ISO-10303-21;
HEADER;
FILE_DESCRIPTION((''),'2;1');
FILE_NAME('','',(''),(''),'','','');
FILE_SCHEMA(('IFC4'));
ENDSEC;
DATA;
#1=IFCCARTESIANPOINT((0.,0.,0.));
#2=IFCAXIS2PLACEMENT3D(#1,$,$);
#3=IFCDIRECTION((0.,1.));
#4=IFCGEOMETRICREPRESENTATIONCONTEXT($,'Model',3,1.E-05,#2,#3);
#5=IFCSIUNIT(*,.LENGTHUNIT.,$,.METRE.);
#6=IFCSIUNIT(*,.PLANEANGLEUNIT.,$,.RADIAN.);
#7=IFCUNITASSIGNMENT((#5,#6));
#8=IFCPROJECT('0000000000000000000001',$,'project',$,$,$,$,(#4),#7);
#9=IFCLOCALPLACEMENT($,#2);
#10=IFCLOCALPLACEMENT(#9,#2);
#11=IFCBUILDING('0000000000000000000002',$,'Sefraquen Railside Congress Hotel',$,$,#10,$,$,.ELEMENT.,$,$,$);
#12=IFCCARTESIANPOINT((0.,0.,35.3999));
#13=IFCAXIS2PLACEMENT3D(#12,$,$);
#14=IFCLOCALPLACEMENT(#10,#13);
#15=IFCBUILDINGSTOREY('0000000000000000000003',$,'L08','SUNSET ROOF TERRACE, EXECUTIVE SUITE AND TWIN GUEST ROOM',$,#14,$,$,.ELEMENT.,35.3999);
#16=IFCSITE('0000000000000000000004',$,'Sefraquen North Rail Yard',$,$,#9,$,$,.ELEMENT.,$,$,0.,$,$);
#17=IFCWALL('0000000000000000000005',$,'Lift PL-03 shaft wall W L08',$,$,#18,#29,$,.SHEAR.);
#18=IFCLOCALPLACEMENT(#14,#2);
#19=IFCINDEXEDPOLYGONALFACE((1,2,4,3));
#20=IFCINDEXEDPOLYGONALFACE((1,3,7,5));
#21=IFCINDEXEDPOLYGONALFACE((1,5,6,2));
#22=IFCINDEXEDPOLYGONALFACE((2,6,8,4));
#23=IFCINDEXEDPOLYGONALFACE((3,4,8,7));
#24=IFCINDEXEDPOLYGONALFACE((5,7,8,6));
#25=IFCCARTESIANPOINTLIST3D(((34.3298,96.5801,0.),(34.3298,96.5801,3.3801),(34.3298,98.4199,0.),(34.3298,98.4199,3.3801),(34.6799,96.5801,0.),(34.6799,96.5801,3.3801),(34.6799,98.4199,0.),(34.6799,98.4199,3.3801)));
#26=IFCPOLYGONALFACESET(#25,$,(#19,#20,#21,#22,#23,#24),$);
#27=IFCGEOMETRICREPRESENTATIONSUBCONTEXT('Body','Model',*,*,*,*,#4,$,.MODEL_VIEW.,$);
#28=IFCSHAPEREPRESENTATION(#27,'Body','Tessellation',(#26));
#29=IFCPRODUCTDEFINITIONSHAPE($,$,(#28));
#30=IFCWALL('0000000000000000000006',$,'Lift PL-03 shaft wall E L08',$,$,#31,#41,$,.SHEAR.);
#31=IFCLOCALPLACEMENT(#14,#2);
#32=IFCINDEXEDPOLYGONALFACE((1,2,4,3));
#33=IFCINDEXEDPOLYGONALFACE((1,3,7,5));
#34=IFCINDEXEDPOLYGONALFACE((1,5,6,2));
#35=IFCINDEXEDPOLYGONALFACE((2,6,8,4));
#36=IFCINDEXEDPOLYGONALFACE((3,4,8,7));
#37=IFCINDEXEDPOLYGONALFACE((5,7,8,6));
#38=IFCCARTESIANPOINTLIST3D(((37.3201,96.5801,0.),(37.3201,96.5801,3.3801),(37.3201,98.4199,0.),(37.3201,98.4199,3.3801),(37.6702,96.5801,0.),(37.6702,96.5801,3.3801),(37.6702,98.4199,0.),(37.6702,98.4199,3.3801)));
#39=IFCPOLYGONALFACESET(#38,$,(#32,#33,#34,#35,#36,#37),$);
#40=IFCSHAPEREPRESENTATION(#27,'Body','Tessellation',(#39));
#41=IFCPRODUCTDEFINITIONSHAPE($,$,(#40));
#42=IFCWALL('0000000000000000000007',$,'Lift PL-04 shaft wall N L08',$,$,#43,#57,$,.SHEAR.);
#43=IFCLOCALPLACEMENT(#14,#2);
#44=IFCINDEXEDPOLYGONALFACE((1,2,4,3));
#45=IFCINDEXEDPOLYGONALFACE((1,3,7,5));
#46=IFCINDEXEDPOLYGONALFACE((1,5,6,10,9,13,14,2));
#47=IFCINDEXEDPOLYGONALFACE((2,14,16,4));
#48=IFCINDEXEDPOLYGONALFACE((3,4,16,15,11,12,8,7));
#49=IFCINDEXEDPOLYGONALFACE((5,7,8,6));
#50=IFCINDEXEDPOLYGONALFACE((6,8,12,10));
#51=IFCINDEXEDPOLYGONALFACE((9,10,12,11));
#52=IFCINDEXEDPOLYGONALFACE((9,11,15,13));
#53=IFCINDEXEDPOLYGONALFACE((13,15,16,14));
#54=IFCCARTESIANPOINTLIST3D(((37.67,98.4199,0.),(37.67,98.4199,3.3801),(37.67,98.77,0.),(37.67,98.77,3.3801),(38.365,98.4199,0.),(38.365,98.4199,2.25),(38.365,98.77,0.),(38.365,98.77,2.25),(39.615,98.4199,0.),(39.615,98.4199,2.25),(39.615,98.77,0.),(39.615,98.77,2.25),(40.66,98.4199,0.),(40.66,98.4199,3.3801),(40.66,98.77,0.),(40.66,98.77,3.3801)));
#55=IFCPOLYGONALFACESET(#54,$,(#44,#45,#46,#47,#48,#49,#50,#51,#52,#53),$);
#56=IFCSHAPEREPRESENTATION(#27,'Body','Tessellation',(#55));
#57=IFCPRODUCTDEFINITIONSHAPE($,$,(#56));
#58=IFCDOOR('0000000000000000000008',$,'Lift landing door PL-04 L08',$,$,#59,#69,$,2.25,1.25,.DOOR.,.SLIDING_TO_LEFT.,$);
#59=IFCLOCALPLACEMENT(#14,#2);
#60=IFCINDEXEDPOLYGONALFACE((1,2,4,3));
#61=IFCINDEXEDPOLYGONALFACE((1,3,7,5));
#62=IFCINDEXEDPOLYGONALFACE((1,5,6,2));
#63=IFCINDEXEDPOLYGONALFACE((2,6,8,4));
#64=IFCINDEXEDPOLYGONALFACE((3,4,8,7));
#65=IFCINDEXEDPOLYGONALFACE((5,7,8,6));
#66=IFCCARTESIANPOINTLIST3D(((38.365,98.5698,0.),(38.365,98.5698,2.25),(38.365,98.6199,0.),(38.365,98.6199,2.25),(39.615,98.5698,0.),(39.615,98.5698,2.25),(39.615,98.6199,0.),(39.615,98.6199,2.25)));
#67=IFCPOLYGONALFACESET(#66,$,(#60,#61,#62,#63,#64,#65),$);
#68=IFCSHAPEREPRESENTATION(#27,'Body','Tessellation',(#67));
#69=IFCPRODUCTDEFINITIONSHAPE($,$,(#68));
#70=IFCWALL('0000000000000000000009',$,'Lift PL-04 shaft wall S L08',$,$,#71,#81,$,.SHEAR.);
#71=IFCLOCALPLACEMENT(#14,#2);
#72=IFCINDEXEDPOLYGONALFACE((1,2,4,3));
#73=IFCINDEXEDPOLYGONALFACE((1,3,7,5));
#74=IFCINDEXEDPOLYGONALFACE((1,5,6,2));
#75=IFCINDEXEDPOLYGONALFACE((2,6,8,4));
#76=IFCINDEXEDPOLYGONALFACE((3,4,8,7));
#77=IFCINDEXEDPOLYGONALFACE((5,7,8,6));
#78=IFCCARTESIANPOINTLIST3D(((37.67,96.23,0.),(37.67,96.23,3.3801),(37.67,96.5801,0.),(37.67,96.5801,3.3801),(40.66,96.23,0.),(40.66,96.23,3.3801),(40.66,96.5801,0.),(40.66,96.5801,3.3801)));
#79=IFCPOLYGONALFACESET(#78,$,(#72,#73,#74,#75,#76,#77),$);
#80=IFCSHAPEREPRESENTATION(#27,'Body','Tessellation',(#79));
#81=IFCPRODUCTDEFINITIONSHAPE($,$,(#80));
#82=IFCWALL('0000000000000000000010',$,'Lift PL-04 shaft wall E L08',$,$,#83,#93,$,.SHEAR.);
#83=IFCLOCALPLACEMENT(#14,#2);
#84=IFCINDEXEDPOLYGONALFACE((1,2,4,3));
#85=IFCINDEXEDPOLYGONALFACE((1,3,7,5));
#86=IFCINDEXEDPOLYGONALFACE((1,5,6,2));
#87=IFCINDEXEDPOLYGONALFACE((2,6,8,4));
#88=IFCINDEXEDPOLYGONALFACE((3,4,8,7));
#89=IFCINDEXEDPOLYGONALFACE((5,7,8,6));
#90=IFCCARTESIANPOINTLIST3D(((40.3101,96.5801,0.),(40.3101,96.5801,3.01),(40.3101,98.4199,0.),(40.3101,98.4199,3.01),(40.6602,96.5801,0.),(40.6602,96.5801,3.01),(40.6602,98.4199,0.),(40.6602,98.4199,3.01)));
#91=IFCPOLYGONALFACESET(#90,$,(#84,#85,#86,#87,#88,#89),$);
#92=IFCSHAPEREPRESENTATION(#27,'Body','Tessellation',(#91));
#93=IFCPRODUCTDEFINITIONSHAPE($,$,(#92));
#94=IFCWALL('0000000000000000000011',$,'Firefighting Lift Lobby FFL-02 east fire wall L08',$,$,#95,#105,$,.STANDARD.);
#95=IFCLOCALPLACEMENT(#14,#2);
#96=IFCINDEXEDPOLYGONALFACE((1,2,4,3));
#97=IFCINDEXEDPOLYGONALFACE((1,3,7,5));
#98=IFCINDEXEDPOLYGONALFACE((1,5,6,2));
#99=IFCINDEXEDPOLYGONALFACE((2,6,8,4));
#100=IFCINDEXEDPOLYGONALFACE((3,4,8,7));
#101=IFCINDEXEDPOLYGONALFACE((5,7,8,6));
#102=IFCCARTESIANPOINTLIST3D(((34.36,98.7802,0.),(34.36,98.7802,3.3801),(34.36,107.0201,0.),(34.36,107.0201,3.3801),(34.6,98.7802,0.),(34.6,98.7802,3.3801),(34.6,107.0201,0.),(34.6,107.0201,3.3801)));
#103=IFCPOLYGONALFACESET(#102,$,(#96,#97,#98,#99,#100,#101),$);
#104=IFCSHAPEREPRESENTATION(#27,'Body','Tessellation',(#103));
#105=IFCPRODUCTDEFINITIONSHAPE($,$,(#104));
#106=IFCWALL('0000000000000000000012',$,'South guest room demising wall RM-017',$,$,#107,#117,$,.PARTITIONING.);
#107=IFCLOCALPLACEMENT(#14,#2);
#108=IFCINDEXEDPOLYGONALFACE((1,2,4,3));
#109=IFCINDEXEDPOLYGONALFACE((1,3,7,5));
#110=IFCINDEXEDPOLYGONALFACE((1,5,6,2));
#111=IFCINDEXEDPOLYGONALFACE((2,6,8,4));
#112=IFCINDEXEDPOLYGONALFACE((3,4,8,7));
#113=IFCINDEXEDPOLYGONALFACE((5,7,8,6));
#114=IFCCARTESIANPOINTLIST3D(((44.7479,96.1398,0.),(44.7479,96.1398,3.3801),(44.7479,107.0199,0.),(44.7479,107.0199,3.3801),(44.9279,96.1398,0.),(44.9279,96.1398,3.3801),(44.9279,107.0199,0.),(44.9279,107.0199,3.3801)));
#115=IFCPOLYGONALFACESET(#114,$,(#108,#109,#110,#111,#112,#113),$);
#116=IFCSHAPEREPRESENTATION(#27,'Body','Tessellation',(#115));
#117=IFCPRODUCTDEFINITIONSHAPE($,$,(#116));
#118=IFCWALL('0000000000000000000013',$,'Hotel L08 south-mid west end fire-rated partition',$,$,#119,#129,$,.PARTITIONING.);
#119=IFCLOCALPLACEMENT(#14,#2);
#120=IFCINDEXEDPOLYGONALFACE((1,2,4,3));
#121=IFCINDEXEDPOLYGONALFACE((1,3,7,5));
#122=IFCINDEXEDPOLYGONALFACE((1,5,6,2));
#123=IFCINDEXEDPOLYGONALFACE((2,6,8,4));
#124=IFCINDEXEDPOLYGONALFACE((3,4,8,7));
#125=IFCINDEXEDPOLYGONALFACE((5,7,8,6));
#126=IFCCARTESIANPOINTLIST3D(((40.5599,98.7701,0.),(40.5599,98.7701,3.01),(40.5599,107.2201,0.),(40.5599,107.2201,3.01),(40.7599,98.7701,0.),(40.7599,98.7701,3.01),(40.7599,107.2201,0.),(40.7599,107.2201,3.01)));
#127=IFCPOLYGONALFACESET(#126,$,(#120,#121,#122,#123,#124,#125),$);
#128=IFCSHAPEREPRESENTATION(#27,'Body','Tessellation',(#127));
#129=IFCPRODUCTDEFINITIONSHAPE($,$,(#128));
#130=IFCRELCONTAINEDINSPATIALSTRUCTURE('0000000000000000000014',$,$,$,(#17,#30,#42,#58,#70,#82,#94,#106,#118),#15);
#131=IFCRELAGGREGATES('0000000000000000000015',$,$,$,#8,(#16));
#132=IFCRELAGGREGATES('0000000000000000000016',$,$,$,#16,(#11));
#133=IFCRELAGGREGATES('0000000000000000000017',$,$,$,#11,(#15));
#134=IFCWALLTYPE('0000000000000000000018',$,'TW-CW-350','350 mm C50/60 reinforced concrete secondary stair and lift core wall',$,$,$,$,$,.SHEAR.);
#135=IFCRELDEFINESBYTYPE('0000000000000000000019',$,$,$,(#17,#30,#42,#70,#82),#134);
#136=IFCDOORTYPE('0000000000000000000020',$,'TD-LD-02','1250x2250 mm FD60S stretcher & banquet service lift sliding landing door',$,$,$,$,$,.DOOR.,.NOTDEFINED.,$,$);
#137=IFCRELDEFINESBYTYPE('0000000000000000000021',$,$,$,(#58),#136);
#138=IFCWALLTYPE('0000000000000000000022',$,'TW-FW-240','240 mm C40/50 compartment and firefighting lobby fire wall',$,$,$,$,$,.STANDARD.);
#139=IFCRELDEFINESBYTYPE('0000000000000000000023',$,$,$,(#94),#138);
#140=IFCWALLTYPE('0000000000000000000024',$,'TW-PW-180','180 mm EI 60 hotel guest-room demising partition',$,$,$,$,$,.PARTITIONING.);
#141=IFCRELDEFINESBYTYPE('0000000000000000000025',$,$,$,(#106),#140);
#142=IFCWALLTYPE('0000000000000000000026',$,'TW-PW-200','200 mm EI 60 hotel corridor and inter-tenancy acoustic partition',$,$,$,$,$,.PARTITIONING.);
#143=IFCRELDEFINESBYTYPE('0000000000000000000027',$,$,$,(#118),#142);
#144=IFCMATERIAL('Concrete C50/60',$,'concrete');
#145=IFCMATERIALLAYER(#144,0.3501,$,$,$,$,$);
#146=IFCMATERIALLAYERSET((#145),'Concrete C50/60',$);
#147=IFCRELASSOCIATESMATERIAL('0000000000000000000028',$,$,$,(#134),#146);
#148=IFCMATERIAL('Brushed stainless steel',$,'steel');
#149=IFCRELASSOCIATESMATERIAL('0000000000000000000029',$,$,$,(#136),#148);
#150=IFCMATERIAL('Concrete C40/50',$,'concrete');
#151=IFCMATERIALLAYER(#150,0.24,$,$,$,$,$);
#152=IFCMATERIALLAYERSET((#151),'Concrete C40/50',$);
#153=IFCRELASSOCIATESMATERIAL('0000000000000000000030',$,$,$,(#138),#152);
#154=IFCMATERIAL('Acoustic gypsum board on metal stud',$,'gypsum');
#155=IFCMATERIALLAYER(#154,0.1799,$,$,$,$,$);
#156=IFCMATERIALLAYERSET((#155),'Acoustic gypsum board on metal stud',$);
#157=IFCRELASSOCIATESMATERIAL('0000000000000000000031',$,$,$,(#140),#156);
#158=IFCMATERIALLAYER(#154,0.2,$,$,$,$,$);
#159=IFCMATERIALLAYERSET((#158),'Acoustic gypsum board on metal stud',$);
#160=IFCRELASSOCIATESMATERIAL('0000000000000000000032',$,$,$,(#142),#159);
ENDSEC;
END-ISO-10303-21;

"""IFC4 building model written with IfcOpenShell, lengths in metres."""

from ifc_helpers import new_model, si_unit, direction, frame, frame_2d, origin, place, context, subcontext, project, spatial, rectangle, extrude, material, layer, layer_set, type_object, element, fill, save


model = new_model("IFC4")

# Units and contexts
model_context = context("Model", 3, precision=1e-05, world=origin(), true_north=direction((0.0, 1.0)))
body_context = subcontext(model_context, "Body", "Model", "MODEL_VIEW")
ifc_project = project(units=[si_unit("LENGTHUNIT", "METRE"), si_unit("PLANEANGLEUNIT", "RADIAN")], contexts=[model_context])

# Site, building, storey
site_placement = place(None, origin())
site = spatial("IfcSite", under=ifc_project, at=site_placement, Name="Sefraquen North Rail Yard", CompositionType="ELEMENT", RefElevation=0.0)
building_placement = place(site_placement, origin())
building = spatial("IfcBuilding", under=site, at=building_placement, Name="Sefraquen Railside Congress Hotel", CompositionType="ELEMENT")
storey_placement = place(building_placement, frame((0.0, 0.0, 35.3999)))
storey = spatial("IfcBuildingStorey", under=building, at=storey_placement, Name="L08", Description="SUNSET ROOF TERRACE, EXECUTIVE SUITE AND TWIN GUEST ROOM", CompositionType="ELEMENT", Elevation=35.3999)

# Shared definitions
ifc_material_1 = material(Name="Concrete C50/60", Category="concrete")
ifc_layer_1 = layer(ifc_material_1, 0.3501)
ifc_layer_set_1 = layer_set([ifc_layer_1], Name="Concrete C50/60")
wall_type_1 = type_object("IfcWallType", Name="TW-CW-350", Description="350 mm C50/60 reinforced concrete secondary stair and lift core wall", PredefinedType="SHEAR", material=ifc_layer_set_1)
ifc_material_2 = material(Name="Brushed stainless steel", Category="steel")
door_type = type_object("IfcDoorType", Name="TD-LD-02", Description="1250x2250 mm FD60S stretcher & banquet service lift sliding landing door", OperationType="NOTDEFINED", PredefinedType="DOOR", material=ifc_material_2)

# Walls
for number, where, z_axis, x_axis, name in (
    (1, (34.5049, 96.5801, 0.0), (0.0, 0.0, 1.0), (0.0, 1.0, 0.0), "Lift PL-03 shaft wall W L08"),
    (2, (37.4951, 96.5801, 0.0), (0.0, 0.0, 1.0), (0.0, 1.0, 0.0), "Lift PL-03 shaft wall E L08"),
):
    element("IfcWall", number, at=place(storey_placement, frame(where, z_axis=z_axis, x_axis=x_axis)), inside=storey, type_object=wall_type_1, Name=name, PredefinedType="SHEAR", context=body_context, shape_type="SweptSolid", body=[
        extrude(rectangle(XDim=1.8398, YDim=0.3501, at=frame_2d((0.9199, 0.0))), origin(), (0.0, 0.0, 1.0), 3.3801),
    ])

# Wall, opening, door
wall_1_placement = place(storey_placement, frame((37.6699, 98.595, 0.0), z_axis=(0.0, 0.0, 1.0), x_axis=(1.0, 0.0, 0.0)))
wall_1 = element("IfcWall", 3, at=wall_1_placement, inside=storey, type_object=wall_type_1, Name="Lift PL-04 shaft wall N L08", PredefinedType="SHEAR", context=body_context, shape_type="SweptSolid", body=[
    extrude(rectangle(XDim=2.99, YDim=0.3501, at=frame_2d((1.4951, 0.0))), origin(), (0.0, 0.0, 1.0), 3.3801),
])
opening_1_placement = place(wall_1_placement, frame((0.6951, 0.0, 0.0)))
opening_1 = element("IfcOpeningElement", 4, at=opening_1_placement, cuts=wall_1, PredefinedType="OPENING", context=body_context, shape_type="SweptSolid", body=[
    extrude(rectangle(XDim=1.25, YDim=2.25, at=frame_2d((0.625, 1.125))), frame((0.0, 0.1851, 0.0), z_axis=(0.0, -1.0, 0.0), x_axis=(1.0, 0.0, 0.0)), (0.0, 0.0, 1.0), 0.3701),
])
door_1_placement = place(opening_1_placement, origin())
door_1 = element("IfcDoor", 5, at=door_1_placement, inside=storey, type_object=door_type, Name="Lift landing door PL-04 L08", OperationType="SLIDING_TO_LEFT", OverallHeight=2.25, OverallWidth=1.25, PredefinedType="DOOR", context=body_context, shape_type="SweptSolid", body=[
    extrude(rectangle(XDim=1.25, YDim=2.25, at=frame_2d((0.625, 1.125))), frame((0.0, 0.0249, 0.0), z_axis=(0.0, -1.0, 0.0), x_axis=(1.0, 0.0, 0.0)), (0.0, 0.0, 1.0), 0.05),
])
fill(opening_1, door_1)

# Walls
wall_2_placement = place(storey_placement, frame((37.6699, 96.405, 0.0), z_axis=(0.0, 0.0, 1.0), x_axis=(1.0, 0.0, 0.0)))
element("IfcWall", 6, at=wall_2_placement, inside=storey, type_object=wall_type_1, Name="Lift PL-04 shaft wall S L08", PredefinedType="SHEAR", context=body_context, shape_type="SweptSolid", body=[
    extrude(rectangle(XDim=2.99, YDim=0.3501, at=frame_2d((1.4951, 0.0))), origin(), (0.0, 0.0, 1.0), 3.3801),
])
wall_3_placement = place(storey_placement, frame((40.4851, 96.5801, 0.0), z_axis=(0.0, 0.0, 1.0), x_axis=(0.0, 1.0, 0.0)))
element("IfcWall", 7, at=wall_3_placement, inside=storey, type_object=wall_type_1, Name="Lift PL-04 shaft wall E L08", PredefinedType="SHEAR", context=body_context, shape_type="SweptSolid", body=[
    extrude(rectangle(XDim=1.8398, YDim=0.3501, at=frame_2d((0.9199, 0.0))), origin(), (0.0, 0.0, 1.0), 3.01),
])
ifc_material_3 = material(Name="Concrete C40/50", Category="concrete")
ifc_layer_2 = layer(ifc_material_3, 0.24)
ifc_layer_set_2 = layer_set([ifc_layer_2], Name="Concrete C40/50")
wall_type_2 = type_object("IfcWallType", Name="TW-FW-240", Description="240 mm C40/50 compartment and firefighting lobby fire wall", PredefinedType="STANDARD", material=ifc_layer_set_2)
wall_4_placement = place(storey_placement, frame((34.48, 98.78, 0.0), z_axis=(0.0, 0.0, 1.0), x_axis=(0.0, 1.0, 0.0)))
element("IfcWall", 8, at=wall_4_placement, inside=storey, type_object=wall_type_2, Name="Firefighting Lift Lobby FFL-02 east fire wall L08", PredefinedType="STANDARD", context=body_context, shape_type="SweptSolid", body=[
    extrude(rectangle(XDim=8.24, YDim=0.24, at=frame_2d((4.1201, 0.0))), origin(), (0.0, 0.0, 1.0), 3.3801),
])
ifc_material_4 = material(Name="Acoustic gypsum board on metal stud", Category="gypsum")
ifc_layer_3 = layer(ifc_material_4, 0.1799)
ifc_layer_set_3 = layer_set([ifc_layer_3], Name="Acoustic gypsum board on metal stud")
wall_type_3 = type_object("IfcWallType", Name="TW-PW-180", Description="180 mm EI 60 hotel guest-room demising partition", PredefinedType="PARTITIONING", material=ifc_layer_set_3)
wall_5_placement = place(storey_placement, frame((44.8379, 96.1399, 0.0), z_axis=(0.0, 0.0, 1.0), x_axis=(0.0, 1.0, 0.0)))
element("IfcWall", 9, at=wall_5_placement, inside=storey, type_object=wall_type_3, Name="South guest room demising wall RM-017", PredefinedType="PARTITIONING", context=body_context, shape_type="SweptSolid", body=[
    extrude(rectangle(XDim=10.8801, YDim=0.1799, at=frame_2d((5.4399, 0.0))), origin(), (0.0, 0.0, 1.0), 3.3801),
])
ifc_layer_4 = layer(ifc_material_4, 0.2)
ifc_layer_set_4 = layer_set([ifc_layer_4], Name="Acoustic gypsum board on metal stud")
wall_type_4 = type_object("IfcWallType", Name="TW-PW-200", Description="200 mm EI 60 hotel corridor and inter-tenancy acoustic partition", PredefinedType="PARTITIONING", material=ifc_layer_set_4)
wall_6_placement = place(storey_placement, frame((40.6599, 98.77, 0.0), z_axis=(0.0, 0.0, 1.0), x_axis=(0.0, 1.0, 0.0)))
element("IfcWall", 10, at=wall_6_placement, inside=storey, type_object=wall_type_4, Name="Hotel L08 south-mid west end fire-rated partition", PredefinedType="PARTITIONING", context=body_context, shape_type="SweptSolid", body=[
    extrude(rectangle(XDim=8.45, YDim=0.2, at=frame_2d((4.2251, 0.0))), origin(), (0.0, 0.0, 1.0), 3.01),
])

save(model, "model.ifc")
